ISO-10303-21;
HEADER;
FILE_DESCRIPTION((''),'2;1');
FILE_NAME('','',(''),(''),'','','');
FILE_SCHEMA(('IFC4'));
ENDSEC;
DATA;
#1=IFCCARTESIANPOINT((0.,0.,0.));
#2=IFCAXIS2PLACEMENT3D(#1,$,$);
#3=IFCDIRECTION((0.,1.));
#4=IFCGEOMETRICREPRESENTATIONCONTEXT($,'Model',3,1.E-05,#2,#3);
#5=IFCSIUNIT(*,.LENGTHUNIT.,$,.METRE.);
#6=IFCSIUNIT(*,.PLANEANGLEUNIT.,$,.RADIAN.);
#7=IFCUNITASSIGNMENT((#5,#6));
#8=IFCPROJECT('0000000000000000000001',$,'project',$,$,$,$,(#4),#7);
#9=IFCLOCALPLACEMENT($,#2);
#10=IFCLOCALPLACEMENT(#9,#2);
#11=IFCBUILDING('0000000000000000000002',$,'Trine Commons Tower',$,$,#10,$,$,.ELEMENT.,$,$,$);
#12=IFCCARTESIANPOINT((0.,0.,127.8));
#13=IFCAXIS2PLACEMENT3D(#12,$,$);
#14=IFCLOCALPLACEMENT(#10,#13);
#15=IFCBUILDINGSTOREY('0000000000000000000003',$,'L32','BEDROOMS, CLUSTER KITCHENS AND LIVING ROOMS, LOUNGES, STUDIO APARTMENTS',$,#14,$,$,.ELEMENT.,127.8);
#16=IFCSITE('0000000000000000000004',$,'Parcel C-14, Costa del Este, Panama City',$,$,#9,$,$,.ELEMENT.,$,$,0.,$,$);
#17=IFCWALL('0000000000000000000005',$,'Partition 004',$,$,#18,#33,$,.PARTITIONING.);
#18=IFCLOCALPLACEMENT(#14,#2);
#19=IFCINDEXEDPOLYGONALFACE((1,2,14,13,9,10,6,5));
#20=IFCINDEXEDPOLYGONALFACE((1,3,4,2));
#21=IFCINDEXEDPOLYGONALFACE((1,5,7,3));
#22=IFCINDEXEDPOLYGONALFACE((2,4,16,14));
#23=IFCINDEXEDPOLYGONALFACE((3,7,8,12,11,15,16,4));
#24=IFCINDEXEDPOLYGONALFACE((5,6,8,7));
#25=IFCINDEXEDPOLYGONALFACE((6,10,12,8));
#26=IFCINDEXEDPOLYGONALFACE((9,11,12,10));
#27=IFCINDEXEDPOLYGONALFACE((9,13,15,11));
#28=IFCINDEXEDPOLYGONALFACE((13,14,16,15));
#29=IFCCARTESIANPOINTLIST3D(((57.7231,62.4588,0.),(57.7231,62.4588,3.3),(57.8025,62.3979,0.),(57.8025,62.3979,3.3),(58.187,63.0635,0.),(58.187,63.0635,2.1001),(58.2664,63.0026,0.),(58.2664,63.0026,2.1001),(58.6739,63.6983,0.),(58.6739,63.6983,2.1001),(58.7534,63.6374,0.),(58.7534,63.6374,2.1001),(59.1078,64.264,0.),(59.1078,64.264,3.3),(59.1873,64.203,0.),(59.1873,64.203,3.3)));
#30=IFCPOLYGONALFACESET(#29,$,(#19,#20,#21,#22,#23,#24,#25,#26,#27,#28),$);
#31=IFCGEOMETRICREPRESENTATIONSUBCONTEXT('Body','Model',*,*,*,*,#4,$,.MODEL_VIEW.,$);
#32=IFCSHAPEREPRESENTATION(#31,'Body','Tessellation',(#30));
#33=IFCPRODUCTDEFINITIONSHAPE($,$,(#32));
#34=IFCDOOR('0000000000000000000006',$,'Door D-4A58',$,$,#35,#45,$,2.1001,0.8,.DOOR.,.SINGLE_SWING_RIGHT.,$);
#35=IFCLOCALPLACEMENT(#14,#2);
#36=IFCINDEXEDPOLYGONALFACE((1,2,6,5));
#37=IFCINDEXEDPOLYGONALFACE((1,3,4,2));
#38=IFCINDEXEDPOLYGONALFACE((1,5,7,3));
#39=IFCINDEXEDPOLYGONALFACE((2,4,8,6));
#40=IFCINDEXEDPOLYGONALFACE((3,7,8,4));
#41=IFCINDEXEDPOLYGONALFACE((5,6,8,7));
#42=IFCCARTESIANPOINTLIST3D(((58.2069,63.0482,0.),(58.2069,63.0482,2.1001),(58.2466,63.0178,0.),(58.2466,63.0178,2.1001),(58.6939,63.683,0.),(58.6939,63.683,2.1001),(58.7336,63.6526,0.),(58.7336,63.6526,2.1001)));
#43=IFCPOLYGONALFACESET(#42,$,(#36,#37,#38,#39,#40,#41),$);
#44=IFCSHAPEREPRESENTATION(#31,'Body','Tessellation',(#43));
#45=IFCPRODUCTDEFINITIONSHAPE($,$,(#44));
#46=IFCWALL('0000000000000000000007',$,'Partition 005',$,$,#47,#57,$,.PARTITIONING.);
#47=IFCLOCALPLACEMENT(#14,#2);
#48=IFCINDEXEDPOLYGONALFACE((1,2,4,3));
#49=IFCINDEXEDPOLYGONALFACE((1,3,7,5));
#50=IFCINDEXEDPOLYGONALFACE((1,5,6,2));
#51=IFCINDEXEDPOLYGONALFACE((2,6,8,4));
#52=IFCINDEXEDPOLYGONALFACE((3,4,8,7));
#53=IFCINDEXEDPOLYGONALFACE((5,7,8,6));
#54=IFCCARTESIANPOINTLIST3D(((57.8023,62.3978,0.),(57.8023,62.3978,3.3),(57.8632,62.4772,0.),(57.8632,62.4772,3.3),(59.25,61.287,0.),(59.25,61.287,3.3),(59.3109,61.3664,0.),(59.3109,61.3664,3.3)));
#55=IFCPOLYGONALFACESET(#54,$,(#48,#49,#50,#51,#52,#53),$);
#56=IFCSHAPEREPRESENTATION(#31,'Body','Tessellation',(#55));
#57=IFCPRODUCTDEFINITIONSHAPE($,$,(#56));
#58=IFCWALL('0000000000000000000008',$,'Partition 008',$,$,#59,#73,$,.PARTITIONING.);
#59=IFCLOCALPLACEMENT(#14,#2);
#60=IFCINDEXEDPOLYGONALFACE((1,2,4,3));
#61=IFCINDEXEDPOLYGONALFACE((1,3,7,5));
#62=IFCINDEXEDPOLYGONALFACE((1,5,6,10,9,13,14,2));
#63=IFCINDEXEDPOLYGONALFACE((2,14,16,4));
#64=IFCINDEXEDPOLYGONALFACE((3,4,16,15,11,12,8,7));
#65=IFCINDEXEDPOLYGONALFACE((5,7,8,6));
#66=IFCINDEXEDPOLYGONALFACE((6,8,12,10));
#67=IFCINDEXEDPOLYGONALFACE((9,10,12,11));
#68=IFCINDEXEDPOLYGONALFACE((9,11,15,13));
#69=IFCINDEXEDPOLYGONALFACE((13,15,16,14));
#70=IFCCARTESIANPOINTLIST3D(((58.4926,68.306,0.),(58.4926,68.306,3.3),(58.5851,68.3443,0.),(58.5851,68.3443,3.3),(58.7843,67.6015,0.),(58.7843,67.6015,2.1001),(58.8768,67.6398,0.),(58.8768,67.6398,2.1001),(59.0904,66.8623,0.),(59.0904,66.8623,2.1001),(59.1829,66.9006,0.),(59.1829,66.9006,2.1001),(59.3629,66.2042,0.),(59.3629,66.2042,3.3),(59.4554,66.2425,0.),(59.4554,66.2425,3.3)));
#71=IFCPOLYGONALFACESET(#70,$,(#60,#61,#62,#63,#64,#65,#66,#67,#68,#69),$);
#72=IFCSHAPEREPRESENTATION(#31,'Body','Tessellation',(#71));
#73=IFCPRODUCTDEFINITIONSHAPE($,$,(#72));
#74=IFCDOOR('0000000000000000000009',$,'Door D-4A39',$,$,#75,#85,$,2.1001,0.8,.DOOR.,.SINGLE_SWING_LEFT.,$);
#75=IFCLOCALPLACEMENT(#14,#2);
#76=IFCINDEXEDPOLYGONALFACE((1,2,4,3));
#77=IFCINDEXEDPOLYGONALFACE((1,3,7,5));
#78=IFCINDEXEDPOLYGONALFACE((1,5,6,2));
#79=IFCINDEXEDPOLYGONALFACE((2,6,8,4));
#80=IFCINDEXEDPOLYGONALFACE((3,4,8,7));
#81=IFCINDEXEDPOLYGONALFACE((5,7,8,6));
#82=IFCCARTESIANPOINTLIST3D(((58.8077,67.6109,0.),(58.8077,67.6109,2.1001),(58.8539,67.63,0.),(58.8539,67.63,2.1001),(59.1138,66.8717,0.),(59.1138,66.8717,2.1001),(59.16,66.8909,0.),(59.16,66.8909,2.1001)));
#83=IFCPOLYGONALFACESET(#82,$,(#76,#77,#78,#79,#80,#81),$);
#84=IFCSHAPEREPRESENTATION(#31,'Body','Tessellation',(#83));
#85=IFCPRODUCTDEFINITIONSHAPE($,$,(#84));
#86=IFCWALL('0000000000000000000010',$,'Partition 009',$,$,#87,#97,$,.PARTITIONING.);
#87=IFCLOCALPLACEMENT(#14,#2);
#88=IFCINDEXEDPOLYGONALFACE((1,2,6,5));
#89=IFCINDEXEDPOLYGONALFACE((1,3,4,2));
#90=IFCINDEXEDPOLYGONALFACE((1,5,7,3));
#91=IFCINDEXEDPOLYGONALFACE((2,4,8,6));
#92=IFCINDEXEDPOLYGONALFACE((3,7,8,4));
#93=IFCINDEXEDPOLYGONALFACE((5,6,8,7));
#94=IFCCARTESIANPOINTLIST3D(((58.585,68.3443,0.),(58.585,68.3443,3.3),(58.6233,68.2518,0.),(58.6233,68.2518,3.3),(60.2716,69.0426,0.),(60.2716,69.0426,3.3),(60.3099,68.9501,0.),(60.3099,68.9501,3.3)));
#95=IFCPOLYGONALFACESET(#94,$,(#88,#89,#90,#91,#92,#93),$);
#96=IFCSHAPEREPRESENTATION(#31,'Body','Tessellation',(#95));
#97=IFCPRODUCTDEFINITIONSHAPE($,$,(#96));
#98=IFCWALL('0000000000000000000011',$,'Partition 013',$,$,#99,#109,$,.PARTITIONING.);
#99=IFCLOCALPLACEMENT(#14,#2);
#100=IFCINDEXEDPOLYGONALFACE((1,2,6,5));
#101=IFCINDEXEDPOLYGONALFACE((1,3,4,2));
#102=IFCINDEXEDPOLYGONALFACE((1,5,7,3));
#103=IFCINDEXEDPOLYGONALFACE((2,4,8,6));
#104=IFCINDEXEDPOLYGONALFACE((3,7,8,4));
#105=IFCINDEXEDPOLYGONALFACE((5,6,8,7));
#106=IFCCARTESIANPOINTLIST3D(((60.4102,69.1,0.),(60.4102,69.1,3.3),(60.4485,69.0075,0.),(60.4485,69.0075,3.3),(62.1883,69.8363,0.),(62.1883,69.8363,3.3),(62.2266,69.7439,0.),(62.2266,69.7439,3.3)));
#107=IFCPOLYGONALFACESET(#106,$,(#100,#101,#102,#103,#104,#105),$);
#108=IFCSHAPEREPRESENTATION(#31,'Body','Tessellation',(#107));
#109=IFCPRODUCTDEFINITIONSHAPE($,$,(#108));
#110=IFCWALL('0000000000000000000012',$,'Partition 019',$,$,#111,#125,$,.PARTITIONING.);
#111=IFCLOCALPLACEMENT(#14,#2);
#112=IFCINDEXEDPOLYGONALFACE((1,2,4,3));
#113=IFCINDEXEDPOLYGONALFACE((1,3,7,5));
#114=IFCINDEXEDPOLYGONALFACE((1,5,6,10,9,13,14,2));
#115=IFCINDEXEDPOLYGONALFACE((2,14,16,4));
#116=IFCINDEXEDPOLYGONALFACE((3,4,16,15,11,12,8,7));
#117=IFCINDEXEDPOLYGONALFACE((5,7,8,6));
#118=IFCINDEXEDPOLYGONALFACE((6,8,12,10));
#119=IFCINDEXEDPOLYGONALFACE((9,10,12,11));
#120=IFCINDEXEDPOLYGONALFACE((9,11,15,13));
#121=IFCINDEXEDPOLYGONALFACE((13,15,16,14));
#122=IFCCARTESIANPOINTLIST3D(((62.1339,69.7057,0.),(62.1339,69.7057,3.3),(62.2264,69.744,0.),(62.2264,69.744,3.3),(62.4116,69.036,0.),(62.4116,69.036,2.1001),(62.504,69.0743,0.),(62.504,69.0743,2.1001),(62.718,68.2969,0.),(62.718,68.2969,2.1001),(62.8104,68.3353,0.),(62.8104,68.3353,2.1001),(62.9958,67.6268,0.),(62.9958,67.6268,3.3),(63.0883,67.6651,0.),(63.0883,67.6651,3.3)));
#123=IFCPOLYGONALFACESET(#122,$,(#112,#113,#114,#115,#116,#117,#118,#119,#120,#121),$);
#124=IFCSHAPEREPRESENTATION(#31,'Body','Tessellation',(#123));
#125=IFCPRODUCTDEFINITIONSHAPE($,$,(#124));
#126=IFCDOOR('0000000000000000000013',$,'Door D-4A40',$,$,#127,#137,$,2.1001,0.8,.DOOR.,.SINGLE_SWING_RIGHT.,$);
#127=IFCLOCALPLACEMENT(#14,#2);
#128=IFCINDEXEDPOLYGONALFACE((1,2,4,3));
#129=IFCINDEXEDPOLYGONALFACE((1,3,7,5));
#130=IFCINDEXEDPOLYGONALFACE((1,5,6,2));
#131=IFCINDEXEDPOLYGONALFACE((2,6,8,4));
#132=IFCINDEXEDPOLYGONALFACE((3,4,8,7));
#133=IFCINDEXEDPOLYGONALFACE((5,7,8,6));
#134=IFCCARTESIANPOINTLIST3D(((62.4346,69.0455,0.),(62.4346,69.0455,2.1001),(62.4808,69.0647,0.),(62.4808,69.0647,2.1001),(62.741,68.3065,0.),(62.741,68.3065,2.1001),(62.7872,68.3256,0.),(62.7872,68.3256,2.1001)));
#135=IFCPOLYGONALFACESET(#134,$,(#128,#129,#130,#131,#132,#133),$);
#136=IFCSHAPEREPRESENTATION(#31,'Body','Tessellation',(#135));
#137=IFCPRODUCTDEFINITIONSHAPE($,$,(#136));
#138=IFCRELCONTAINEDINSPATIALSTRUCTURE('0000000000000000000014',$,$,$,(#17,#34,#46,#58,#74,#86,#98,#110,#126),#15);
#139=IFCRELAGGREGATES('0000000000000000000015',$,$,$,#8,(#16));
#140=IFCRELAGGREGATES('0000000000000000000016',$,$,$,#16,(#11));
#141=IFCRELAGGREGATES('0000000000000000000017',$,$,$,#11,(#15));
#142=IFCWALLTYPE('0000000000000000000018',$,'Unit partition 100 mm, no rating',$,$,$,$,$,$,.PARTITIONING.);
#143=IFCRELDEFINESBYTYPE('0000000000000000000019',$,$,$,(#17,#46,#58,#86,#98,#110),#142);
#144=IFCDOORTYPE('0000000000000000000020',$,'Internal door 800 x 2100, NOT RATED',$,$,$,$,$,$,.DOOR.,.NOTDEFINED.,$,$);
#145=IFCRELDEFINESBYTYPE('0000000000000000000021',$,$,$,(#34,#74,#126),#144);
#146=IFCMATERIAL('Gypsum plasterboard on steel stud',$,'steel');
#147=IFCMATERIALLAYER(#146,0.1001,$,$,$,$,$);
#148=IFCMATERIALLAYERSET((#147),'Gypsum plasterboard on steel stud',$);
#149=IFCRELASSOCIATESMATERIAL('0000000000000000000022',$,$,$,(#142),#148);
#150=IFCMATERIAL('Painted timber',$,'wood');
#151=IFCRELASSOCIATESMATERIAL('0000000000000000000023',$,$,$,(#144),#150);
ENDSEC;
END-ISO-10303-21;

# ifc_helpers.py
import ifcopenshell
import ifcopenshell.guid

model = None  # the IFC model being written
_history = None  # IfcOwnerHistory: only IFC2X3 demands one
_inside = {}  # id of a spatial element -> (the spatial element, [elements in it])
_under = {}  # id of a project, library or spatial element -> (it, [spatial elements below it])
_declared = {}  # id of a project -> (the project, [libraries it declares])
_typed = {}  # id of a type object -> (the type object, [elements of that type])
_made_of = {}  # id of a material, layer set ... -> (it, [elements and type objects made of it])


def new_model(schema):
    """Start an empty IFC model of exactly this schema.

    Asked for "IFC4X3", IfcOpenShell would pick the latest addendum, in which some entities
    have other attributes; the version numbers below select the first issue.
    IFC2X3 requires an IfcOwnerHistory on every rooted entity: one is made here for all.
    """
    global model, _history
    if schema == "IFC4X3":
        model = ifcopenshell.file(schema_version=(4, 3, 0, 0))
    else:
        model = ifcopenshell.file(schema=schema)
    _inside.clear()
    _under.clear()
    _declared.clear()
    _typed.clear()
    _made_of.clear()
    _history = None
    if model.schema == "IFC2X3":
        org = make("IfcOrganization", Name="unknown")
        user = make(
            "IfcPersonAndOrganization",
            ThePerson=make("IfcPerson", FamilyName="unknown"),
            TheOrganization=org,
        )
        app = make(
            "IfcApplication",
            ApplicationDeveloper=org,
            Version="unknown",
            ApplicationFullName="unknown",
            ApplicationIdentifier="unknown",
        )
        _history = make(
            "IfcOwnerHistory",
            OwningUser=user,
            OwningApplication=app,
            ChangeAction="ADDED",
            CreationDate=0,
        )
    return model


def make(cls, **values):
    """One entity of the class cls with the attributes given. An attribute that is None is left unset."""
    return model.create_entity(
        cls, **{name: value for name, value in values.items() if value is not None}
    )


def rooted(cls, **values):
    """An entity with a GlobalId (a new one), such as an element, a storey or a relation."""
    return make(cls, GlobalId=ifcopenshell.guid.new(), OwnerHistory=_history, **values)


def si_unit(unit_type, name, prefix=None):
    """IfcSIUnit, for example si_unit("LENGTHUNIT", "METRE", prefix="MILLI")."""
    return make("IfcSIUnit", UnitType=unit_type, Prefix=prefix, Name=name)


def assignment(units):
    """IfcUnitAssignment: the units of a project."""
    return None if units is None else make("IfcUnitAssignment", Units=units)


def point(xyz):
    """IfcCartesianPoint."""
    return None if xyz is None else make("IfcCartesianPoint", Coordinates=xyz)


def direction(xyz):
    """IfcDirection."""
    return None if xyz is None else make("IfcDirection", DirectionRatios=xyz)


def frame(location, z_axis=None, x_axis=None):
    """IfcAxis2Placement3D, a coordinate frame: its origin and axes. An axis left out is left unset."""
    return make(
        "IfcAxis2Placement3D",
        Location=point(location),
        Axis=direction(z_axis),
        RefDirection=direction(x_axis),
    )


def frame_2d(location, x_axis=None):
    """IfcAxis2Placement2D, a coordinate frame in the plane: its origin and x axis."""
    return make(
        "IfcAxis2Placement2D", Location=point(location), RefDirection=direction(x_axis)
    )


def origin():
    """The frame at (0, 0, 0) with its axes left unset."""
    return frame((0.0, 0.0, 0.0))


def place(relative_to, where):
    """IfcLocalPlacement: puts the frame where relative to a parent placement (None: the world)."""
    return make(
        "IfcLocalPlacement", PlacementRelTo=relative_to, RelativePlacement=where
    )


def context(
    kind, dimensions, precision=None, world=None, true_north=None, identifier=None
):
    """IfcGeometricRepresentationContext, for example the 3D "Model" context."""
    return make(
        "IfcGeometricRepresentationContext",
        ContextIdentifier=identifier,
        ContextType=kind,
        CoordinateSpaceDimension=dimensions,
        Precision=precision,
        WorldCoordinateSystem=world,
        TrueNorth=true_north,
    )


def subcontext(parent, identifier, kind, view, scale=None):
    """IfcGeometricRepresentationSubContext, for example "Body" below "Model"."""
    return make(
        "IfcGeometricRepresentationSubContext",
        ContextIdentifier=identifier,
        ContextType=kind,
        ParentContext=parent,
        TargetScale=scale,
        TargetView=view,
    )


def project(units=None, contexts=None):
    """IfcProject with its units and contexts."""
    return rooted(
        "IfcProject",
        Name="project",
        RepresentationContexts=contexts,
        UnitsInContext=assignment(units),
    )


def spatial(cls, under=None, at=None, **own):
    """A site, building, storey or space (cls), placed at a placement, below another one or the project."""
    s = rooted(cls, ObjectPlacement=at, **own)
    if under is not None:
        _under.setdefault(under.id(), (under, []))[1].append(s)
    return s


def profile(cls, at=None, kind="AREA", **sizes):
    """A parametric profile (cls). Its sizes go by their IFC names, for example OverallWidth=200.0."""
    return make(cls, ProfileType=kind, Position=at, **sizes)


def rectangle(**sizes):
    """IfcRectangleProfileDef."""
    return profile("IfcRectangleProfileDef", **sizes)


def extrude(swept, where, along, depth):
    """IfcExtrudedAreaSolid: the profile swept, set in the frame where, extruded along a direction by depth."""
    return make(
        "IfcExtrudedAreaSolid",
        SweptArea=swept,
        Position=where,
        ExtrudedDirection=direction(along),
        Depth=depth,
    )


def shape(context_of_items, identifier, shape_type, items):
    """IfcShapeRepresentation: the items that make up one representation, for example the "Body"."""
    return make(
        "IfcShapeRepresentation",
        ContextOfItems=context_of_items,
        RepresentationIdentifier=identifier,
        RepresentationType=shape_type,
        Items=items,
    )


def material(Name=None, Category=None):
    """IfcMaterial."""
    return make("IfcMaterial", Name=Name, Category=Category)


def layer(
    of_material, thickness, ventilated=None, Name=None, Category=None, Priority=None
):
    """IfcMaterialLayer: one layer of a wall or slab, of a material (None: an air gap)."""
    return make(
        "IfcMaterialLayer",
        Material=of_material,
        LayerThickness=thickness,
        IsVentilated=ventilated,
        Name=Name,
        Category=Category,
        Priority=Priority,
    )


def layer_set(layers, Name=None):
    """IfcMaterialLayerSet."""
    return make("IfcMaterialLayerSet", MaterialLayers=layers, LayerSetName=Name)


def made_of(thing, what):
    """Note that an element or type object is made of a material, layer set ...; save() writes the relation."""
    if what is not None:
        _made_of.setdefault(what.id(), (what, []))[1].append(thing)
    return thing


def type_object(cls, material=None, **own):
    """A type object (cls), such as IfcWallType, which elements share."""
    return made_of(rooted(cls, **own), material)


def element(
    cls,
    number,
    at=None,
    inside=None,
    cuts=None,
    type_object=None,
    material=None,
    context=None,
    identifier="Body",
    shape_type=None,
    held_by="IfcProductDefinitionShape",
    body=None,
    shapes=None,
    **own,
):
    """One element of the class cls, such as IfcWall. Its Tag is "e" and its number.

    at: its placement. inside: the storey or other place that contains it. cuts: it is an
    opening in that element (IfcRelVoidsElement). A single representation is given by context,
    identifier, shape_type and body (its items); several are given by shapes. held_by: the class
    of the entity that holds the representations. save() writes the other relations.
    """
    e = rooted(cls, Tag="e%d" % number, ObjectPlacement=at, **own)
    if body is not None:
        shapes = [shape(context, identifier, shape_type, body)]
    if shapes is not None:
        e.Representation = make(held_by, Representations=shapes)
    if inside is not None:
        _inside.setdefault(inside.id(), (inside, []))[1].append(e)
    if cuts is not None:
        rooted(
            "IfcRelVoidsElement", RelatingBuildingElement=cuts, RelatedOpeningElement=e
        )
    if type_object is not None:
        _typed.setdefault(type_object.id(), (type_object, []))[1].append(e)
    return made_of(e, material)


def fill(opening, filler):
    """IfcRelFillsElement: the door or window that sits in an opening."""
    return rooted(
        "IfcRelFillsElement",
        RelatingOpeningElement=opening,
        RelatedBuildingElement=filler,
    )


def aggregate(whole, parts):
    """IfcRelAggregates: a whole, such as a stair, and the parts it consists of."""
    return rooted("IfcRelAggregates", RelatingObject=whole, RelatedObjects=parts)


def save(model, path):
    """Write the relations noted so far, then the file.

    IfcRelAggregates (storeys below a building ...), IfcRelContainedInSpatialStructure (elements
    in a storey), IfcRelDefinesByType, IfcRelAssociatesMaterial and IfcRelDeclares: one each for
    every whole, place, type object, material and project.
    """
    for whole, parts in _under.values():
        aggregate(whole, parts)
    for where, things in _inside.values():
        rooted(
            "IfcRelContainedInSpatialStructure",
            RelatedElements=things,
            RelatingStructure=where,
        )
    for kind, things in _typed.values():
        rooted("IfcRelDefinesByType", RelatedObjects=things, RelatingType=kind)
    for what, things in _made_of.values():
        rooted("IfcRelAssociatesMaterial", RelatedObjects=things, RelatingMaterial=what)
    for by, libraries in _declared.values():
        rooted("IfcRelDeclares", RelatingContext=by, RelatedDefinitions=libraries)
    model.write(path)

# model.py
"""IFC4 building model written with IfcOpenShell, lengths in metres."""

from ifc_helpers import new_model, si_unit, direction, frame, frame_2d, origin, place, context, subcontext, project, spatial, rectangle, extrude, material, layer, layer_set, type_object, element, fill, save


model = new_model("IFC4")

# Units and contexts
model_context = context("Model", 3, precision=1e-05, world=origin(), true_north=direction((0.0, 1.0)))
body_context = subcontext(model_context, "Body", "Model", "MODEL_VIEW")
ifc_project = project(units=[si_unit("LENGTHUNIT", "METRE"), si_unit("PLANEANGLEUNIT", "RADIAN")], contexts=[model_context])

# Site, building, storey
site_placement = place(None, origin())
site = spatial("IfcSite", under=ifc_project, at=site_placement, Name="Parcel C-14, Costa del Este, Panama City", CompositionType="ELEMENT", RefElevation=0.0)
building_placement = place(site_placement, origin())
building = spatial("IfcBuilding", under=site, at=building_placement, Name="Trine Commons Tower", CompositionType="ELEMENT")
storey_placement = place(building_placement, frame((0.0, 0.0, 127.8)))
storey = spatial("IfcBuildingStorey", under=building, at=storey_placement, Name="L32", Description="BEDROOMS, CLUSTER KITCHENS AND LIVING ROOMS, LOUNGES, STUDIO APARTMENTS", CompositionType="ELEMENT", Elevation=127.8)

# Shared definitions
ifc_material_1 = material(Name="Gypsum plasterboard on steel stud", Category="steel")

# Shared definitions
ifc_material_2 = material(Name="Painted timber", Category="wood")

# Wall, opening, door
ifc_layer_1 = layer(ifc_material_1, 0.1001)
ifc_layer_set_1 = layer_set([ifc_layer_1], Name="Gypsum plasterboard on steel stud")
wall_type_1 = type_object("IfcWallType", Name="Unit partition 100 mm, no rating", PredefinedType="PARTITIONING", material=ifc_layer_set_1)
wall_1_placement = place(storey_placement, frame((57.7627, 62.4282, 0.0), z_axis=(0.0, 0.0, 1.0), x_axis=(0.608652, 0.793437, 0.0)))
wall_1 = element("IfcWall", 1, at=wall_1_placement, inside=storey, type_object=wall_type_1, Name="Partition 004", PredefinedType="PARTITIONING", context=body_context, shape_type="SweptSolid", body=[
    extrude(rectangle(XDim=2.2751, YDim=0.1001, at=frame_2d((1.1377, 0.0))), origin(), (0.0, 0.0, 1.0), 3.3),
])
opening_1_placement = place(wall_1_placement, frame((0.7625, 0.0, 0.0)))
opening_1 = element("IfcOpeningElement", 2, at=opening_1_placement, cuts=wall_1, PredefinedType="OPENING", context=body_context, shape_type="SweptSolid", body=[
    extrude(rectangle(XDim=0.8, YDim=2.1001, at=frame_2d((0.3999, 1.05))), frame((0.0, 0.0601, 0.0), z_axis=(0.0, -1.0, 0.0), x_axis=(1.0, 0.0, 0.0)), (0.0, 0.0, 1.0), 0.1201),
])
door_type_1 = type_object("IfcDoorType", Name="Internal door 800 x 2100, NOT RATED", OperationType="NOTDEFINED", PredefinedType="DOOR", material=ifc_material_2)
door_1_placement = place(opening_1_placement, origin())
door_1 = element("IfcDoor", 3, at=door_1_placement, inside=storey, type_object=door_type_1, Name="Door D-4A58", OperationType="SINGLE_SWING_RIGHT", OverallHeight=2.1001, OverallWidth=0.8, PredefinedType="DOOR", context=body_context, shape_type="SweptSolid", body=[
    extrude(rectangle(XDim=0.8, YDim=2.1001, at=frame_2d((0.3999, 1.05))), frame((0.0, 0.0249, 0.0), z_axis=(0.0, -1.0, 0.0), x_axis=(1.0, 0.0, 0.0)), (0.0, 0.0, 1.0), 0.05),
])
fill(opening_1, door_1)

# Wall
wall_2_placement = place(storey_placement, frame((57.8328, 62.4375, 0.0), z_axis=(0.0, 0.0, 1.0), x_axis=(0.793369, -0.60874, 0.0)))
element("IfcWall", 4, at=wall_2_placement, inside=storey, type_object=wall_type_1, Name="Partition 005", PredefinedType="PARTITIONING", context=body_context, shape_type="SweptSolid", body=[
    extrude(rectangle(XDim=1.8247, YDim=0.1001, at=frame_2d((0.9124, 0.0))), origin(), (0.0, 0.0, 1.0), 3.3),
])

# Wall, opening, door
wall_3_placement = place(storey_placement, frame((58.5388, 68.3252, 0.0), z_axis=(0.0, 0.0, 1.0), x_axis=(0.382595, -0.923916, 0.0)))
wall_3 = element("IfcWall", 5, at=wall_3_placement, inside=storey, type_object=wall_type_1, Name="Partition 008", PredefinedType="PARTITIONING", context=body_context, shape_type="SweptSolid", body=[
    extrude(rectangle(XDim=2.2749, YDim=0.1001, at=frame_2d((1.1375, 0.0))), origin(), (0.0, 0.0, 1.0), 3.3),
])
opening_2_placement = place(wall_3_placement, frame((0.7627, 0.0, 0.0)))
opening_2 = element("IfcOpeningElement", 6, at=opening_2_placement, cuts=wall_3, PredefinedType="OPENING", context=body_context, shape_type="SweptSolid", body=[
    extrude(rectangle(XDim=0.8, YDim=2.1001, at=frame_2d((0.3999, 1.05))), frame((0.0, 0.0601, 0.0), z_axis=(0.0, -1.0, 0.0), x_axis=(1.0, 0.0, 0.0)), (0.0, 0.0, 1.0), 0.1201),
])
door_2_placement = place(opening_2_placement, frame((0.8, 0.0, 0.0), z_axis=(0.0, 0.0, 1.0), x_axis=(-1.0, 0.0, 0.0)))
door_2 = element("IfcDoor", 7, at=door_2_placement, inside=storey, type_object=door_type_1, Name="Door D-4A39", OperationType="SINGLE_SWING_LEFT", OverallHeight=2.1001, OverallWidth=0.8, PredefinedType="DOOR", context=body_context, shape_type="SweptSolid", body=[
    extrude(rectangle(XDim=0.8, YDim=2.1001, at=frame_2d((0.3999, 1.05))), frame((0.0, 0.0249, 0.0), z_axis=(0.0, -1.0, 0.0), x_axis=(1.0, 0.0, 0.0)), (0.0, 0.0, 1.0), 0.05),
])
fill(opening_2, door_2)

# Walls
wall_4_placement = place(storey_placement, frame((58.6042, 68.2981, 0.0), z_axis=(0.0, 0.0, 1.0), x_axis=(0.923945, 0.382525, 0.0)))
element("IfcWall", 8, at=wall_4_placement, inside=storey, type_object=wall_type_1, Name="Partition 009", PredefinedType="PARTITIONING", context=body_context, shape_type="SweptSolid", body=[
    extrude(rectangle(XDim=1.8254, YDim=0.1001, at=frame_2d((0.9126, 0.0))), origin(), (0.0, 0.0, 1.0), 3.3),
])
wall_5_placement = place(storey_placement, frame((60.4292, 69.0537, 0.0), z_axis=(0.0, 0.0, 1.0), x_axis=(0.923912, 0.382606, 0.0)))
element("IfcWall", 9, at=wall_5_placement, inside=storey, type_object=wall_type_1, Name="Partition 013", PredefinedType="PARTITIONING", context=body_context, shape_type="SweptSolid", body=[
    extrude(rectangle(XDim=1.9246, YDim=0.1001, at=frame_2d((0.9624, 0.0))), origin(), (0.0, 0.0, 1.0), 3.3),
])

# Wall, opening, door
wall_6_placement = place(storey_placement, frame((62.1802, 69.7249, 0.0), z_axis=(0.0, 0.0, 1.0), x_axis=(0.382959, -0.923766, 0.0)))
wall_6 = element("IfcWall", 10, at=wall_6_placement, inside=storey, type_object=wall_type_1, Name="Partition 019", PredefinedType="PARTITIONING", context=body_context, shape_type="SweptSolid", body=[
    extrude(rectangle(XDim=2.2505, YDim=0.1001, at=frame_2d((1.1252, 0.0))), origin(), (0.0, 0.0, 1.0), 3.3),
])
opening_3_placement = place(wall_6_placement, frame((0.7251, 0.0, 0.0)))
opening_3 = element("IfcOpeningElement", 11, at=opening_3_placement, cuts=wall_6, PredefinedType="OPENING", context=body_context, shape_type="SweptSolid", body=[
    extrude(rectangle(XDim=0.8, YDim=2.1001, at=frame_2d((0.3999, 1.05))), frame((0.0, 0.0601, 0.0), z_axis=(0.0, -1.0, 0.0), x_axis=(1.0, 0.0, 0.0)), (0.0, 0.0, 1.0), 0.1201),
])
door_3_placement = place(opening_3_placement, origin())
door_3 = element("IfcDoor", 12, at=door_3_placement, inside=storey, type_object=door_type_1, Name="Door D-4A40", OperationType="SINGLE_SWING_RIGHT", OverallHeight=2.1001, OverallWidth=0.8, PredefinedType="DOOR", context=body_context, shape_type="SweptSolid", body=[
    extrude(rectangle(XDim=0.8, YDim=2.1001, at=frame_2d((0.3999, 1.05))), frame((0.0, 0.0249, 0.0), z_axis=(0.0, -1.0, 0.0), x_axis=(1.0, 0.0, 0.0)), (0.0, 0.0, 1.0), 0.05),
])
fill(opening_3, door_3)

save(model, "model.ifc")
